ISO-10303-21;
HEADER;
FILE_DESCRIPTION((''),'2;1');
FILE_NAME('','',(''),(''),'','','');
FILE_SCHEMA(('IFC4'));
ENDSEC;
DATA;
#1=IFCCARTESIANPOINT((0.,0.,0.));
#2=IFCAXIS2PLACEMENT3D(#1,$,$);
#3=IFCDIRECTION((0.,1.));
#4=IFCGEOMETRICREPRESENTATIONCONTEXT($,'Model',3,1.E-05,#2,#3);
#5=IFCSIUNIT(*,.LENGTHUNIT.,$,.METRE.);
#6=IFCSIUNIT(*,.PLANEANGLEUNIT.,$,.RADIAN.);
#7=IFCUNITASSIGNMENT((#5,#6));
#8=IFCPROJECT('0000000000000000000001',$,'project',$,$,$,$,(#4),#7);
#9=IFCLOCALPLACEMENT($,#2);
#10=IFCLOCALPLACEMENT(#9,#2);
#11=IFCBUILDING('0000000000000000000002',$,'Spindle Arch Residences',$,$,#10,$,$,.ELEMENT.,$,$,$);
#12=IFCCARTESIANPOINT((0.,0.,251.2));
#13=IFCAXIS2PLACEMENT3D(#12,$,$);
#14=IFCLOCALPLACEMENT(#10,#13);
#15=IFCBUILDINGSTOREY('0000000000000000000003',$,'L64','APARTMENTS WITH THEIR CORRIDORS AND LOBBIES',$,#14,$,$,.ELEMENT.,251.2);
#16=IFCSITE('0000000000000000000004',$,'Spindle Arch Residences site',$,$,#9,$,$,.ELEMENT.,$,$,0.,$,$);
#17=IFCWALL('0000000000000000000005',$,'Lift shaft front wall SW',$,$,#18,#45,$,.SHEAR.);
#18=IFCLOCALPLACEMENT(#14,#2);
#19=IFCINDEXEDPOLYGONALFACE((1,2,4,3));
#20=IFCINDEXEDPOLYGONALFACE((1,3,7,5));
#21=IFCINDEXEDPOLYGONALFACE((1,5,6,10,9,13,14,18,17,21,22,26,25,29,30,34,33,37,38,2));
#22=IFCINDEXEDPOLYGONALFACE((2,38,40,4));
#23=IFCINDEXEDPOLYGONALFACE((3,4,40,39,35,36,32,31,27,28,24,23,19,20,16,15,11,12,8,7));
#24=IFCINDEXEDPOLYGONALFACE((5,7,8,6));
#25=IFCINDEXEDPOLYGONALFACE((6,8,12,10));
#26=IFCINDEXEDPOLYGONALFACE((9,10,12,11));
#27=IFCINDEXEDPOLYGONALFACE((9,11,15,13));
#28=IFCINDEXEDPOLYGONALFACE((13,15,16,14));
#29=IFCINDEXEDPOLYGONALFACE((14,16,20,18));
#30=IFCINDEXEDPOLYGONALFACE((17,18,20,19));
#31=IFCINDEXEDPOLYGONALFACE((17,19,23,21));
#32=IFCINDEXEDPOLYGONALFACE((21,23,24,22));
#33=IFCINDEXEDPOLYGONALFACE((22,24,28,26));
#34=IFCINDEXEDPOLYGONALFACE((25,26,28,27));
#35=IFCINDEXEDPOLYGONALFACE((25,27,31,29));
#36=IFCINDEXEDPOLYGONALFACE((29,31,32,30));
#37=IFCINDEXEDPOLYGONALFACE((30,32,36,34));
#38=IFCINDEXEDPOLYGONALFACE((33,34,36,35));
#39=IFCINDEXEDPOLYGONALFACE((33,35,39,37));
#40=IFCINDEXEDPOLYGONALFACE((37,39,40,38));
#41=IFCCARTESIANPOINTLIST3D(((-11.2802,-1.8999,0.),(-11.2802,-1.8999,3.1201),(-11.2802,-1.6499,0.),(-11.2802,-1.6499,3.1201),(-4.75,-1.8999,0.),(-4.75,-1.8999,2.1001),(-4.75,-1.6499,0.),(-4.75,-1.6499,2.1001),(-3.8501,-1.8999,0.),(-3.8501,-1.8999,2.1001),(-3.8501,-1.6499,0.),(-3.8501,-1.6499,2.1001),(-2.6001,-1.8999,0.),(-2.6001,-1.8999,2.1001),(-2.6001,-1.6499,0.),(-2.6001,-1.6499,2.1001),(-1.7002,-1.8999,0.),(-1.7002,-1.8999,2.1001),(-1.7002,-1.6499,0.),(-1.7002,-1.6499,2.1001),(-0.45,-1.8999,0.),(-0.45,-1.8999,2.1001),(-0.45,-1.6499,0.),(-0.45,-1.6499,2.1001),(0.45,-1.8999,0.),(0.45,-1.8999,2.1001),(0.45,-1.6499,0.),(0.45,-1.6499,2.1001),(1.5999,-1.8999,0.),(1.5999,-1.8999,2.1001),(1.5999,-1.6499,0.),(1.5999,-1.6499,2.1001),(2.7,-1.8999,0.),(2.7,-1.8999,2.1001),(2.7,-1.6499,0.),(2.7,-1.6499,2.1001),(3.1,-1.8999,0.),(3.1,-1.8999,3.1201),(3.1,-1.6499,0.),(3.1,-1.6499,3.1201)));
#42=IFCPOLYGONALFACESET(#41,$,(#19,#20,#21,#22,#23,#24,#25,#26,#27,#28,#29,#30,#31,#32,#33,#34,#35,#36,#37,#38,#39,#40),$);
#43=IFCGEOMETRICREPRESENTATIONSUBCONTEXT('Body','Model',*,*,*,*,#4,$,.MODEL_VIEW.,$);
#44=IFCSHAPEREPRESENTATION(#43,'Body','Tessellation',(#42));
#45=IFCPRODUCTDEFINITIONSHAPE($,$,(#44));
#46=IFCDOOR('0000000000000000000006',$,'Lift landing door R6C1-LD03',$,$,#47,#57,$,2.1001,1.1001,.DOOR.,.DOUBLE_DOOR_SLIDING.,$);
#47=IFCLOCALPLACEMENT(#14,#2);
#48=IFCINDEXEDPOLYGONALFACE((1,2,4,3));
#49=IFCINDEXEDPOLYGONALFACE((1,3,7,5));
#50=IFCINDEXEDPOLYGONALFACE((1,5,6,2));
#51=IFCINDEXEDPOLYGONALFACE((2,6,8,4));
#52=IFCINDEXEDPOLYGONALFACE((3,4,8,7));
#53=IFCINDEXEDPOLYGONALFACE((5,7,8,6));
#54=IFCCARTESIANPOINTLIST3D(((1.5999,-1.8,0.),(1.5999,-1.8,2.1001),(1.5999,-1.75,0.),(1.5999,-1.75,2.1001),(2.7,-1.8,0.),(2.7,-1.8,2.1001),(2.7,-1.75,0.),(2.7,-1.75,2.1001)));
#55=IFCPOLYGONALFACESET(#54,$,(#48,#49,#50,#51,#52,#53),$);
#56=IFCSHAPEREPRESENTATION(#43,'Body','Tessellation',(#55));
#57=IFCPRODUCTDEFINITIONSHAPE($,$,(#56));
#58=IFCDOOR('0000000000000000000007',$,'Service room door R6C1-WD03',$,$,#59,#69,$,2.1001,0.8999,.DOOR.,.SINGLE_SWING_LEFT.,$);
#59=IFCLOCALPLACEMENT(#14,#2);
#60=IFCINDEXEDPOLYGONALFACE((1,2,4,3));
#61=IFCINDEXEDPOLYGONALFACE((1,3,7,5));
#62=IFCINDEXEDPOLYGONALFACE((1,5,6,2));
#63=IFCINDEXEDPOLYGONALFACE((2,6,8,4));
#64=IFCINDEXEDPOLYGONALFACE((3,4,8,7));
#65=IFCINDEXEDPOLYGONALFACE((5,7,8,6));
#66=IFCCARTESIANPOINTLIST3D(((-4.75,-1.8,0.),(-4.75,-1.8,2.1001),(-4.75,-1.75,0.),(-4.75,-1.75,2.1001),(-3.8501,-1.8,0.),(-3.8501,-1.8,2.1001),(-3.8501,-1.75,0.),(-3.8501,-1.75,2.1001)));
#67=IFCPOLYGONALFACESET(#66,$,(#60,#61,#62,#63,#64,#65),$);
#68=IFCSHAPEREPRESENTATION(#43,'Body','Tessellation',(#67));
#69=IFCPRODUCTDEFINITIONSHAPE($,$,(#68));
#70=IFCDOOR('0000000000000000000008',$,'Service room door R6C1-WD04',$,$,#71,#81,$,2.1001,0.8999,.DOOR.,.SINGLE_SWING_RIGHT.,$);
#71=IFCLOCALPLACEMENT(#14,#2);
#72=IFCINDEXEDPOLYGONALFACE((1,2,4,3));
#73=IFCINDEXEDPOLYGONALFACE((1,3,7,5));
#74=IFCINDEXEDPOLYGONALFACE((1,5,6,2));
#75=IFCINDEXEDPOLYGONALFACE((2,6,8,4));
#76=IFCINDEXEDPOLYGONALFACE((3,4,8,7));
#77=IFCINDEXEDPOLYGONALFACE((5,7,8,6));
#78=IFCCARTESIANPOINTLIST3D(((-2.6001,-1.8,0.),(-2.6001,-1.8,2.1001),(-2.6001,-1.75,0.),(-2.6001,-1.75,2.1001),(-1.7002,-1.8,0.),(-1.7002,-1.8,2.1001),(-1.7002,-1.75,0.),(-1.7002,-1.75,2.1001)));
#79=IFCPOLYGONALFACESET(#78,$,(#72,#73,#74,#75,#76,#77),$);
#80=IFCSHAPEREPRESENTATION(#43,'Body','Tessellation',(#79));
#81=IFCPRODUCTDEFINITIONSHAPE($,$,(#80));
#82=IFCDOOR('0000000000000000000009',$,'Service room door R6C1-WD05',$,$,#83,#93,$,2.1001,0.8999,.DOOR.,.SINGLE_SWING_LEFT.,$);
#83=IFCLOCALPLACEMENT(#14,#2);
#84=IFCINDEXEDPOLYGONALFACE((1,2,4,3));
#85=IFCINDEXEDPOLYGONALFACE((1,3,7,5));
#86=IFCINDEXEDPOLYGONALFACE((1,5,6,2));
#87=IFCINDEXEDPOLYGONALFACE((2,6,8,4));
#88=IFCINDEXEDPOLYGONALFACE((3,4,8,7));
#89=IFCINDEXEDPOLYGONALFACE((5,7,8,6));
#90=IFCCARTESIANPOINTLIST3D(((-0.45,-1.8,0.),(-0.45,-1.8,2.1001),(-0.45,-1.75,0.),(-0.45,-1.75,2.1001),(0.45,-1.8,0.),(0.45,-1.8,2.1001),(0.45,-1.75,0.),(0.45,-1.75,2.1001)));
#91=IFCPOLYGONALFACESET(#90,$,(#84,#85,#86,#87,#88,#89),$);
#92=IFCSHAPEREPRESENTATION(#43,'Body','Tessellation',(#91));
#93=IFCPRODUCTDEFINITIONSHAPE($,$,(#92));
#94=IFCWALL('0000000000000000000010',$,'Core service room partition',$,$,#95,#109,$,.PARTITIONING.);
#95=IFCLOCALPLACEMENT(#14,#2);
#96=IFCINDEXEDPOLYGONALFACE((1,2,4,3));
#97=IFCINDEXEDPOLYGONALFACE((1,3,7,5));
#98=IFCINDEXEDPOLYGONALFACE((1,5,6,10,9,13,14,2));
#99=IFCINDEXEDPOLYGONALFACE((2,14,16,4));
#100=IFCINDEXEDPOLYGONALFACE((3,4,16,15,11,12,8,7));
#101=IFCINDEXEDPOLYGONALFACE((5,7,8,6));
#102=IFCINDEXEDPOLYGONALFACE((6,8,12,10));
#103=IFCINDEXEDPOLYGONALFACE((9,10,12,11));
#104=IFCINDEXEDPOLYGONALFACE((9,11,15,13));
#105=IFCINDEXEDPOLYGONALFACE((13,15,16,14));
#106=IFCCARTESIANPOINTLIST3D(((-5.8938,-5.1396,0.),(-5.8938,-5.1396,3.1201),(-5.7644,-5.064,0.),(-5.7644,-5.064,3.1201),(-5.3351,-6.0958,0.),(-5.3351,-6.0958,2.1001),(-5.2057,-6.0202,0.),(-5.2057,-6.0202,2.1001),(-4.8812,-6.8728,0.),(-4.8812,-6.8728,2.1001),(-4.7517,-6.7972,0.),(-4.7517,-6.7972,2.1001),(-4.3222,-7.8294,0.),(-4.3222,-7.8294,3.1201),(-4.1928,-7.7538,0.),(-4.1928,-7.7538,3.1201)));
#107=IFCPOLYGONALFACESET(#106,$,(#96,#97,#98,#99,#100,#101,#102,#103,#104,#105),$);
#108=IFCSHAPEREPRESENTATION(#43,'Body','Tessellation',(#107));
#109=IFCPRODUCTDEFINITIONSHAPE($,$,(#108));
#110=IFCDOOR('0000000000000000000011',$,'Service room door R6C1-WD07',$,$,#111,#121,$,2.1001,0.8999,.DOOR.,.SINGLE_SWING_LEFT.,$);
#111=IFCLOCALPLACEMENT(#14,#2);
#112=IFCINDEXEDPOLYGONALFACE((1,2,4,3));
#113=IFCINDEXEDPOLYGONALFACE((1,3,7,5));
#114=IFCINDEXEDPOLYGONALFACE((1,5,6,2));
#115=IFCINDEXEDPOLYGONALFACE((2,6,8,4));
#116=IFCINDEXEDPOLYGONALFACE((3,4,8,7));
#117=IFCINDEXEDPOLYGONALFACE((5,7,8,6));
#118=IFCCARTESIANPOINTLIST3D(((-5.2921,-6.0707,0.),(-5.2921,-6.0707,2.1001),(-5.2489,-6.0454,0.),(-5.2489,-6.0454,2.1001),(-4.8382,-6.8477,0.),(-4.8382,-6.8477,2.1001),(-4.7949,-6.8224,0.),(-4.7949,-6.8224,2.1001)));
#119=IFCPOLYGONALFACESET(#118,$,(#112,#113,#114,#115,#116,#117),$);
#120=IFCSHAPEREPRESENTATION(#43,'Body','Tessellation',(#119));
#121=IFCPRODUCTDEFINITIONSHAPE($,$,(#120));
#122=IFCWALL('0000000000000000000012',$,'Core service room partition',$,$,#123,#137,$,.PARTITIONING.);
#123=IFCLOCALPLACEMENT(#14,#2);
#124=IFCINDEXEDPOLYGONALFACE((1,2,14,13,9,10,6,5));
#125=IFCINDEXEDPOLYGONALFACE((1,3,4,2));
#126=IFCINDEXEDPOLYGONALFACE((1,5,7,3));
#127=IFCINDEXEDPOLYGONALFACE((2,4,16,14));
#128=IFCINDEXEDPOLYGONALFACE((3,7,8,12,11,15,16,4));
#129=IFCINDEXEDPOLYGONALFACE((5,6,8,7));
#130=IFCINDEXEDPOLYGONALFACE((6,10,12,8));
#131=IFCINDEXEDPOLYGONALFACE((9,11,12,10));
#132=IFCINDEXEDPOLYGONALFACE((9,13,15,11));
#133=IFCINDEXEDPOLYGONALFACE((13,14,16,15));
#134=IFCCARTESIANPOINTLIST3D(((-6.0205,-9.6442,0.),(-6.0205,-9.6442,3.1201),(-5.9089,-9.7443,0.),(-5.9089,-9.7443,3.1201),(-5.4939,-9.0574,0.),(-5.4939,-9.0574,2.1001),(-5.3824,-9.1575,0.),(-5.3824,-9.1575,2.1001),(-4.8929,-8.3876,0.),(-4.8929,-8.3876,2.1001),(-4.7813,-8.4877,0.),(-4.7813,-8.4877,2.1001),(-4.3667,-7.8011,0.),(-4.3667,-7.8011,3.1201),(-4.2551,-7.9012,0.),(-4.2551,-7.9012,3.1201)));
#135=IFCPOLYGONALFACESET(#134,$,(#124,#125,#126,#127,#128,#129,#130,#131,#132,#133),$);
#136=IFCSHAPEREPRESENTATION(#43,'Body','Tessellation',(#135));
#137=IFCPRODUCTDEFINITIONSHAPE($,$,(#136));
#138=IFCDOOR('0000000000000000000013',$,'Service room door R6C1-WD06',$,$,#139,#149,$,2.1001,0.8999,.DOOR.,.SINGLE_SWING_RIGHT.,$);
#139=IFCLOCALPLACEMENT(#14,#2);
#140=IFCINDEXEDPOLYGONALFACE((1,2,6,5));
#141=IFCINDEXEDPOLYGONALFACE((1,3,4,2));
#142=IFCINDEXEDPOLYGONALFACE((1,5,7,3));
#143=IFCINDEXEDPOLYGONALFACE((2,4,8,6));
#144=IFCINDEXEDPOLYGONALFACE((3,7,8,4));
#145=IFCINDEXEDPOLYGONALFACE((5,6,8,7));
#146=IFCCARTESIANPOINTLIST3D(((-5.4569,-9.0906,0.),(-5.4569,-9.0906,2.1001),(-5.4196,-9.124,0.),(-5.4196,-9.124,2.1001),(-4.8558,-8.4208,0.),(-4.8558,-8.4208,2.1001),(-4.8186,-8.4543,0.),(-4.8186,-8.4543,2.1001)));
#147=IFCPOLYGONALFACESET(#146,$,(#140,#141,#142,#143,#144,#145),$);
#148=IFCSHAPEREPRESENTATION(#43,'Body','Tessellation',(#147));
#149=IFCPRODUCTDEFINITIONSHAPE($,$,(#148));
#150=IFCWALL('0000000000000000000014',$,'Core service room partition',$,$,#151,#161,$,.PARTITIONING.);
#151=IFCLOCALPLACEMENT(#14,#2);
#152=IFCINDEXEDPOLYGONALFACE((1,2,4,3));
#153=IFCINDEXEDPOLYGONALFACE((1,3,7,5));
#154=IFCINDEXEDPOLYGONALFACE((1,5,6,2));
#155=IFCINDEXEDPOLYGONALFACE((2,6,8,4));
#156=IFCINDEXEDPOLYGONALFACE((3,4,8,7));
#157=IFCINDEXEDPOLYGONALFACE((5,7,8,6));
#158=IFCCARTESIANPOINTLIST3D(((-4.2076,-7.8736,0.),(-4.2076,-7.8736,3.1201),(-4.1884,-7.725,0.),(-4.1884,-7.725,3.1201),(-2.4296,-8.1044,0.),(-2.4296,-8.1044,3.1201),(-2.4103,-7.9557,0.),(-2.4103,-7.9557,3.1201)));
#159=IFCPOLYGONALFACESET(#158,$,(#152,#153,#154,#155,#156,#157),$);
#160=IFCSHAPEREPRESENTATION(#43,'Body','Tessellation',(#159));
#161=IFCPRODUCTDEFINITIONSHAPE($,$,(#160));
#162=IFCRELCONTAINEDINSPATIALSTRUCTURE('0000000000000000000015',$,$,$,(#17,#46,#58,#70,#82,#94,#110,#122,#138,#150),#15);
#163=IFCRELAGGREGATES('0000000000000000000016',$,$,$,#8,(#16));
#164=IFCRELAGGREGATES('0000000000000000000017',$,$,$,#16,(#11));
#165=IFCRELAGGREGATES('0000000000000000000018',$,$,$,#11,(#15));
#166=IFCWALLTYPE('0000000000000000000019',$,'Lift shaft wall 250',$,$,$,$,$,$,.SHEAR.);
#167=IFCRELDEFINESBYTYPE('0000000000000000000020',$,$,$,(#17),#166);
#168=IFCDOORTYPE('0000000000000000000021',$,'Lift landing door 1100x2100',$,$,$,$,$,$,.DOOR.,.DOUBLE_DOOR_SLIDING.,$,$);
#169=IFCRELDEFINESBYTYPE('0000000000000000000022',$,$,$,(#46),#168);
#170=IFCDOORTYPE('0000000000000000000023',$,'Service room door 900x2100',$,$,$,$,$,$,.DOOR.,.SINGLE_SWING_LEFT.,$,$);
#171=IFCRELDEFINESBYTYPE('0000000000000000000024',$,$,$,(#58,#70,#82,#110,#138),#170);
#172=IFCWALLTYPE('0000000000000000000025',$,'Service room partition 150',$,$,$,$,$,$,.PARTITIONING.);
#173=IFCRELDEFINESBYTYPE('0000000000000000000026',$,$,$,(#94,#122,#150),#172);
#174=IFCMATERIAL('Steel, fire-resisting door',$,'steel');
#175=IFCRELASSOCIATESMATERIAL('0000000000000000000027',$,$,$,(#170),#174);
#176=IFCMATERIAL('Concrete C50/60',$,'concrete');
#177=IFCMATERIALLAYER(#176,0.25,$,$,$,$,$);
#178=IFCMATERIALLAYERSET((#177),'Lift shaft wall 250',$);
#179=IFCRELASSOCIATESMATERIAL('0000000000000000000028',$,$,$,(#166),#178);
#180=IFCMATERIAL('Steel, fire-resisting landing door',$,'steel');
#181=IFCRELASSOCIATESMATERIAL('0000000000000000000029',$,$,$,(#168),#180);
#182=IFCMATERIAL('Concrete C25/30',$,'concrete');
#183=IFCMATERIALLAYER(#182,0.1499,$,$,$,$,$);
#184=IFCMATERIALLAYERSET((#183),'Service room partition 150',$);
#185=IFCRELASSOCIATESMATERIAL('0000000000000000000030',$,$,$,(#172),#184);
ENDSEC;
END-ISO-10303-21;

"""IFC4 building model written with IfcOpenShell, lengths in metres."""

from ifc_helpers import new_model, si_unit, direction, frame, frame_2d, origin, place, context, subcontext, project, spatial, rectangle, extrude, material, layer, layer_set, type_object, element, fill, save


model = new_model("IFC4")

# Units and contexts
model_context = context("Model", 3, precision=1e-05, world=origin(), true_north=direction((0.0, 1.0)))
body_context = subcontext(model_context, "Body", "Model", "MODEL_VIEW")
ifc_project = project(units=[si_unit("LENGTHUNIT", "METRE"), si_unit("PLANEANGLEUNIT", "RADIAN")], contexts=[model_context])

# Site, building, storey
site_placement = place(None, origin())
site = spatial("IfcSite", under=ifc_project, at=site_placement, Name="Spindle Arch Residences site", CompositionType="ELEMENT", RefElevation=0.0)
building_placement = place(site_placement, origin())
building = spatial("IfcBuilding", under=site, at=building_placement, Name="Spindle Arch Residences", CompositionType="ELEMENT")
storey_placement = place(building_placement, frame((0.0, 0.0, 251.2)))
storey = spatial("IfcBuildingStorey", under=building, at=storey_placement, Name="L64", Description="APARTMENTS WITH THEIR CORRIDORS AND LOBBIES", CompositionType="ELEMENT", Elevation=251.2)

# Shared definitions
ifc_material_1 = material(Name="Steel, fire-resisting door", Category="steel")
door_type_1 = type_object("IfcDoorType", Name="Service room door 900x2100", OperationType="SINGLE_SWING_LEFT", PredefinedType="DOOR", material=ifc_material_1)

# Wall, openings, doors
ifc_material_2 = material(Name="Concrete C50/60", Category="concrete")
ifc_layer_1 = layer(ifc_material_2, 0.25)
ifc_layer_set_1 = layer_set([ifc_layer_1], Name="Lift shaft wall 250")
wall_type_1 = type_object("IfcWallType", Name="Lift shaft wall 250", PredefinedType="SHEAR", material=ifc_layer_set_1)
wall_1_placement = place(storey_placement, frame((-11.28, -1.7749, 0.0), z_axis=(0.0, 0.0, 1.0), x_axis=(1.0, 0.0, 0.0)))
wall_1 = element("IfcWall", 1, at=wall_1_placement, inside=storey, type_object=wall_type_1, Name="Lift shaft front wall SW", PredefinedType="SHEAR", context=body_context, shape_type="SweptSolid", body=[
    extrude(rectangle(XDim=14.3801, YDim=0.25, at=frame_2d((7.1899, 0.0))), origin(), (0.0, 0.0, 1.0), 3.1201),
])
opening_1_placement = place(wall_1_placement, frame((12.8799, 0.0, 0.0)))
opening_1 = element("IfcOpeningElement", 2, at=opening_1_placement, cuts=wall_1, PredefinedType="OPENING", context=body_context, shape_type="SweptSolid", body=[
    extrude(rectangle(XDim=1.1001, YDim=2.1001, at=frame_2d((0.55, 1.05))), frame((0.0, 0.135, 0.0), z_axis=(0.0, -1.0, 0.0), x_axis=(1.0, 0.0, 0.0)), (0.0, 0.0, 1.0), 0.27),
])
opening_2_placement = place(wall_1_placement, frame((6.53, 0.0, 0.0)))
opening_2 = element("IfcOpeningElement", 3, at=opening_2_placement, cuts=wall_1, PredefinedType="OPENING", context=body_context, shape_type="SweptSolid", body=[
    extrude(rectangle(XDim=0.8999, YDim=2.1001, at=frame_2d((0.45, 1.05))), frame((0.0, 0.135, 0.0), z_axis=(0.0, -1.0, 0.0), x_axis=(1.0, 0.0, 0.0)), (0.0, 0.0, 1.0), 0.27),
])
opening_3_placement = place(wall_1_placement, frame((8.6799, 0.0, 0.0)))
opening_3 = element("IfcOpeningElement", 4, at=opening_3_placement, cuts=wall_1, PredefinedType="OPENING", context=body_context, shape_type="SweptSolid", body=[
    extrude(rectangle(XDim=0.8999, YDim=2.1001, at=frame_2d((0.45, 1.05))), frame((0.0, 0.135, 0.0), z_axis=(0.0, -1.0, 0.0), x_axis=(1.0, 0.0, 0.0)), (0.0, 0.0, 1.0), 0.27),
])
opening_4_placement = place(wall_1_placement, frame((10.8301, 0.0, 0.0)))
opening_4 = element("IfcOpeningElement", 5, at=opening_4_placement, cuts=wall_1, PredefinedType="OPENING", context=body_context, shape_type="SweptSolid", body=[
    extrude(rectangle(XDim=0.8999, YDim=2.1001, at=frame_2d((0.45, 1.05))), frame((0.0, 0.135, 0.0), z_axis=(0.0, -1.0, 0.0), x_axis=(1.0, 0.0, 0.0)), (0.0, 0.0, 1.0), 0.27),
])
ifc_material_3 = material(Name="Steel, fire-resisting landing door", Category="steel")
door_type_2 = type_object("IfcDoorType", Name="Lift landing door 1100x2100", OperationType="DOUBLE_DOOR_SLIDING", PredefinedType="DOOR", material=ifc_material_3)
door_1_placement = place(opening_1_placement, origin())
door_1 = element("IfcDoor", 6, at=door_1_placement, inside=storey, type_object=door_type_2, Name="Lift landing door R6C1-LD03", OperationType="DOUBLE_DOOR_SLIDING", OverallHeight=2.1001, OverallWidth=1.1001, PredefinedType="DOOR", context=body_context, shape_type="SweptSolid", body=[
    extrude(rectangle(XDim=1.1001, YDim=2.1001, at=frame_2d((0.55, 1.05))), frame((0.0, 0.0249, 0.0), z_axis=(0.0, -1.0, 0.0), x_axis=(1.0, 0.0, 0.0)), (0.0, 0.0, 1.0), 0.05),
])
fill(opening_1, door_1)
door_2_placement = place(opening_2_placement, origin())
door_2 = element("IfcDoor", 7, at=door_2_placement, inside=storey, type_object=door_type_1, Name="Service room door R6C1-WD03", OperationType="SINGLE_SWING_LEFT", OverallHeight=2.1001, OverallWidth=0.8999, PredefinedType="DOOR", context=body_context, shape_type="SweptSolid", body=[
    extrude(rectangle(XDim=0.8999, YDim=2.1001, at=frame_2d((0.45, 1.05))), frame((0.0, 0.0249, 0.0), z_axis=(0.0, -1.0, 0.0), x_axis=(1.0, 0.0, 0.0)), (0.0, 0.0, 1.0), 0.05),
])
fill(opening_2, door_2)
door_3_placement = place(opening_3_placement, origin())
door_3 = element("IfcDoor", 8, at=door_3_placement, inside=storey, type_object=door_type_1, Name="Service room door R6C1-WD04", OperationType="SINGLE_SWING_RIGHT", OverallHeight=2.1001, OverallWidth=0.8999, PredefinedType="DOOR", context=body_context, shape_type="SweptSolid", body=[
    extrude(rectangle(XDim=0.8999, YDim=2.1001, at=frame_2d((0.45, 1.05))), frame((0.0, 0.0249, 0.0), z_axis=(0.0, -1.0, 0.0), x_axis=(1.0, 0.0, 0.0)), (0.0, 0.0, 1.0), 0.05),
])
fill(opening_3, door_3)
door_4_placement = place(opening_4_placement, origin())
door_4 = element("IfcDoor", 9, at=door_4_placement, inside=storey, type_object=door_type_1, Name="Service room door R6C1-WD05", OperationType="SINGLE_SWING_LEFT", OverallHeight=2.1001, OverallWidth=0.8999, PredefinedType="DOOR", context=body_context, shape_type="SweptSolid", body=[
    extrude(rectangle(XDim=0.8999, YDim=2.1001, at=frame_2d((0.45, 1.05))), frame((0.0, 0.0249, 0.0), z_axis=(0.0, -1.0, 0.0), x_axis=(1.0, 0.0, 0.0)), (0.0, 0.0, 1.0), 0.05),
])
fill(opening_4, door_4)

# Walls, openings, doors
ifc_material_4 = material(Name="Concrete C25/30", Category="concrete")
ifc_layer_2 = layer(ifc_material_4, 0.1499)
ifc_layer_set_2 = layer_set([ifc_layer_2], Name="Service room partition 150")
wall_type_2 = type_object("IfcWallType", Name="Service room partition 150", PredefinedType="PARTITIONING", material=ifc_layer_set_2)
wall_2_placement = place(storey_placement, frame((-5.8291, -5.1018, 0.0), z_axis=(0.0, 0.0, 1.0), x_axis=(0.50448, -0.863423, 0.0)))
wall_2 = element("IfcWall", 10, at=wall_2_placement, inside=storey, type_object=wall_type_2, Name="Core service room partition", PredefinedType="PARTITIONING", context=body_context, shape_type="SweptSolid", body=[
    extrude(rectangle(XDim=3.1152, YDim=0.1499, at=frame_2d((1.5576, 0.0))), origin(), (0.0, 0.0, 1.0), 3.1201),
])
opening_5_placement = place(wall_2_placement, frame((1.1074, 0.0, 0.0)))
opening_5 = element("IfcOpeningElement", 11, at=opening_5_placement, cuts=wall_2, PredefinedType="OPENING", context=body_context, shape_type="SweptSolid", body=[
    extrude(rectangle(XDim=0.8999, YDim=2.1001, at=frame_2d((0.45, 1.05))), frame((0.0, 0.085, 0.0), z_axis=(0.0, -1.0, 0.0), x_axis=(1.0, 0.0, 0.0)), (0.0, 0.0, 1.0), 0.1699),
])
door_5_placement = place(opening_5_placement, origin())
door_5 = element("IfcDoor", 12, at=door_5_placement, inside=storey, type_object=door_type_1, Name="Service room door R6C1-WD07", OperationType="SINGLE_SWING_LEFT", OverallHeight=2.1001, OverallWidth=0.8999, PredefinedType="DOOR", context=body_context, shape_type="SweptSolid", body=[
    extrude(rectangle(XDim=0.8999, YDim=2.1001, at=frame_2d((0.45, 1.05))), frame((0.0, 0.0249, 0.0), z_axis=(0.0, -1.0, 0.0), x_axis=(1.0, 0.0, 0.0)), (0.0, 0.0, 1.0), 0.05),
])
fill(opening_5, door_5)
wall_3_placement = place(storey_placement, frame((-4.3108, -7.8511, 0.0), z_axis=(0.0, 0.0, 1.0), x_axis=(-0.667869, -0.744279, 0.0)))
wall_3 = element("IfcWall", 13, at=wall_3_placement, inside=storey, type_object=wall_type_2, Name="Core service room partition", PredefinedType="PARTITIONING", context=body_context, shape_type="SweptSolid", body=[
    extrude(rectangle(XDim=2.4763, YDim=0.1499, at=frame_2d((1.2383, 0.0))), origin(), (0.0, 0.0, 1.0), 3.1201),
])
opening_6_placement = place(wall_3_placement, frame((0.7881, 0.0, 0.0)))
opening_6 = element("IfcOpeningElement", 14, at=opening_6_placement, cuts=wall_3, PredefinedType="OPENING", context=body_context, shape_type="SweptSolid", body=[
    extrude(rectangle(XDim=0.8999, YDim=2.1001, at=frame_2d((0.45, 1.05))), frame((0.0, 0.085, 0.0), z_axis=(0.0, -1.0, 0.0), x_axis=(1.0, 0.0, 0.0)), (0.0, 0.0, 1.0), 0.1699),
])
door_6_placement = place(opening_6_placement, origin())
door_6 = element("IfcDoor", 15, at=door_6_placement, inside=storey, type_object=door_type_1, Name="Service room door R6C1-WD06", OperationType="SINGLE_SWING_RIGHT", OverallHeight=2.1001, OverallWidth=0.8999, PredefinedType="DOOR", context=body_context, shape_type="SweptSolid", body=[
    extrude(rectangle(XDim=0.8999, YDim=2.1001, at=frame_2d((0.45, 1.05))), frame((0.0, 0.0249, 0.0), z_axis=(0.0, -1.0, 0.0), x_axis=(1.0, 0.0, 0.0)), (0.0, 0.0, 1.0), 0.05),
])
fill(opening_6, door_6)

# Wall
wall_4_placement = place(storey_placement, frame((-4.198, -7.7993, 0.0), z_axis=(0.0, 0.0, 1.0), x_axis=(0.991687, -0.128676, 0.0)))
element("IfcWall", 16, at=wall_4_placement, inside=storey, type_object=wall_type_2, Name="Core service room partition", PredefinedType="PARTITIONING", context=body_context, shape_type="SweptSolid", body=[
    extrude(rectangle(XDim=1.793, YDim=0.1499, at=frame_2d((0.8965, 0.0))), origin(), (0.0, 0.0, 1.0), 3.1201),
])

save(model, "model.ifc")
